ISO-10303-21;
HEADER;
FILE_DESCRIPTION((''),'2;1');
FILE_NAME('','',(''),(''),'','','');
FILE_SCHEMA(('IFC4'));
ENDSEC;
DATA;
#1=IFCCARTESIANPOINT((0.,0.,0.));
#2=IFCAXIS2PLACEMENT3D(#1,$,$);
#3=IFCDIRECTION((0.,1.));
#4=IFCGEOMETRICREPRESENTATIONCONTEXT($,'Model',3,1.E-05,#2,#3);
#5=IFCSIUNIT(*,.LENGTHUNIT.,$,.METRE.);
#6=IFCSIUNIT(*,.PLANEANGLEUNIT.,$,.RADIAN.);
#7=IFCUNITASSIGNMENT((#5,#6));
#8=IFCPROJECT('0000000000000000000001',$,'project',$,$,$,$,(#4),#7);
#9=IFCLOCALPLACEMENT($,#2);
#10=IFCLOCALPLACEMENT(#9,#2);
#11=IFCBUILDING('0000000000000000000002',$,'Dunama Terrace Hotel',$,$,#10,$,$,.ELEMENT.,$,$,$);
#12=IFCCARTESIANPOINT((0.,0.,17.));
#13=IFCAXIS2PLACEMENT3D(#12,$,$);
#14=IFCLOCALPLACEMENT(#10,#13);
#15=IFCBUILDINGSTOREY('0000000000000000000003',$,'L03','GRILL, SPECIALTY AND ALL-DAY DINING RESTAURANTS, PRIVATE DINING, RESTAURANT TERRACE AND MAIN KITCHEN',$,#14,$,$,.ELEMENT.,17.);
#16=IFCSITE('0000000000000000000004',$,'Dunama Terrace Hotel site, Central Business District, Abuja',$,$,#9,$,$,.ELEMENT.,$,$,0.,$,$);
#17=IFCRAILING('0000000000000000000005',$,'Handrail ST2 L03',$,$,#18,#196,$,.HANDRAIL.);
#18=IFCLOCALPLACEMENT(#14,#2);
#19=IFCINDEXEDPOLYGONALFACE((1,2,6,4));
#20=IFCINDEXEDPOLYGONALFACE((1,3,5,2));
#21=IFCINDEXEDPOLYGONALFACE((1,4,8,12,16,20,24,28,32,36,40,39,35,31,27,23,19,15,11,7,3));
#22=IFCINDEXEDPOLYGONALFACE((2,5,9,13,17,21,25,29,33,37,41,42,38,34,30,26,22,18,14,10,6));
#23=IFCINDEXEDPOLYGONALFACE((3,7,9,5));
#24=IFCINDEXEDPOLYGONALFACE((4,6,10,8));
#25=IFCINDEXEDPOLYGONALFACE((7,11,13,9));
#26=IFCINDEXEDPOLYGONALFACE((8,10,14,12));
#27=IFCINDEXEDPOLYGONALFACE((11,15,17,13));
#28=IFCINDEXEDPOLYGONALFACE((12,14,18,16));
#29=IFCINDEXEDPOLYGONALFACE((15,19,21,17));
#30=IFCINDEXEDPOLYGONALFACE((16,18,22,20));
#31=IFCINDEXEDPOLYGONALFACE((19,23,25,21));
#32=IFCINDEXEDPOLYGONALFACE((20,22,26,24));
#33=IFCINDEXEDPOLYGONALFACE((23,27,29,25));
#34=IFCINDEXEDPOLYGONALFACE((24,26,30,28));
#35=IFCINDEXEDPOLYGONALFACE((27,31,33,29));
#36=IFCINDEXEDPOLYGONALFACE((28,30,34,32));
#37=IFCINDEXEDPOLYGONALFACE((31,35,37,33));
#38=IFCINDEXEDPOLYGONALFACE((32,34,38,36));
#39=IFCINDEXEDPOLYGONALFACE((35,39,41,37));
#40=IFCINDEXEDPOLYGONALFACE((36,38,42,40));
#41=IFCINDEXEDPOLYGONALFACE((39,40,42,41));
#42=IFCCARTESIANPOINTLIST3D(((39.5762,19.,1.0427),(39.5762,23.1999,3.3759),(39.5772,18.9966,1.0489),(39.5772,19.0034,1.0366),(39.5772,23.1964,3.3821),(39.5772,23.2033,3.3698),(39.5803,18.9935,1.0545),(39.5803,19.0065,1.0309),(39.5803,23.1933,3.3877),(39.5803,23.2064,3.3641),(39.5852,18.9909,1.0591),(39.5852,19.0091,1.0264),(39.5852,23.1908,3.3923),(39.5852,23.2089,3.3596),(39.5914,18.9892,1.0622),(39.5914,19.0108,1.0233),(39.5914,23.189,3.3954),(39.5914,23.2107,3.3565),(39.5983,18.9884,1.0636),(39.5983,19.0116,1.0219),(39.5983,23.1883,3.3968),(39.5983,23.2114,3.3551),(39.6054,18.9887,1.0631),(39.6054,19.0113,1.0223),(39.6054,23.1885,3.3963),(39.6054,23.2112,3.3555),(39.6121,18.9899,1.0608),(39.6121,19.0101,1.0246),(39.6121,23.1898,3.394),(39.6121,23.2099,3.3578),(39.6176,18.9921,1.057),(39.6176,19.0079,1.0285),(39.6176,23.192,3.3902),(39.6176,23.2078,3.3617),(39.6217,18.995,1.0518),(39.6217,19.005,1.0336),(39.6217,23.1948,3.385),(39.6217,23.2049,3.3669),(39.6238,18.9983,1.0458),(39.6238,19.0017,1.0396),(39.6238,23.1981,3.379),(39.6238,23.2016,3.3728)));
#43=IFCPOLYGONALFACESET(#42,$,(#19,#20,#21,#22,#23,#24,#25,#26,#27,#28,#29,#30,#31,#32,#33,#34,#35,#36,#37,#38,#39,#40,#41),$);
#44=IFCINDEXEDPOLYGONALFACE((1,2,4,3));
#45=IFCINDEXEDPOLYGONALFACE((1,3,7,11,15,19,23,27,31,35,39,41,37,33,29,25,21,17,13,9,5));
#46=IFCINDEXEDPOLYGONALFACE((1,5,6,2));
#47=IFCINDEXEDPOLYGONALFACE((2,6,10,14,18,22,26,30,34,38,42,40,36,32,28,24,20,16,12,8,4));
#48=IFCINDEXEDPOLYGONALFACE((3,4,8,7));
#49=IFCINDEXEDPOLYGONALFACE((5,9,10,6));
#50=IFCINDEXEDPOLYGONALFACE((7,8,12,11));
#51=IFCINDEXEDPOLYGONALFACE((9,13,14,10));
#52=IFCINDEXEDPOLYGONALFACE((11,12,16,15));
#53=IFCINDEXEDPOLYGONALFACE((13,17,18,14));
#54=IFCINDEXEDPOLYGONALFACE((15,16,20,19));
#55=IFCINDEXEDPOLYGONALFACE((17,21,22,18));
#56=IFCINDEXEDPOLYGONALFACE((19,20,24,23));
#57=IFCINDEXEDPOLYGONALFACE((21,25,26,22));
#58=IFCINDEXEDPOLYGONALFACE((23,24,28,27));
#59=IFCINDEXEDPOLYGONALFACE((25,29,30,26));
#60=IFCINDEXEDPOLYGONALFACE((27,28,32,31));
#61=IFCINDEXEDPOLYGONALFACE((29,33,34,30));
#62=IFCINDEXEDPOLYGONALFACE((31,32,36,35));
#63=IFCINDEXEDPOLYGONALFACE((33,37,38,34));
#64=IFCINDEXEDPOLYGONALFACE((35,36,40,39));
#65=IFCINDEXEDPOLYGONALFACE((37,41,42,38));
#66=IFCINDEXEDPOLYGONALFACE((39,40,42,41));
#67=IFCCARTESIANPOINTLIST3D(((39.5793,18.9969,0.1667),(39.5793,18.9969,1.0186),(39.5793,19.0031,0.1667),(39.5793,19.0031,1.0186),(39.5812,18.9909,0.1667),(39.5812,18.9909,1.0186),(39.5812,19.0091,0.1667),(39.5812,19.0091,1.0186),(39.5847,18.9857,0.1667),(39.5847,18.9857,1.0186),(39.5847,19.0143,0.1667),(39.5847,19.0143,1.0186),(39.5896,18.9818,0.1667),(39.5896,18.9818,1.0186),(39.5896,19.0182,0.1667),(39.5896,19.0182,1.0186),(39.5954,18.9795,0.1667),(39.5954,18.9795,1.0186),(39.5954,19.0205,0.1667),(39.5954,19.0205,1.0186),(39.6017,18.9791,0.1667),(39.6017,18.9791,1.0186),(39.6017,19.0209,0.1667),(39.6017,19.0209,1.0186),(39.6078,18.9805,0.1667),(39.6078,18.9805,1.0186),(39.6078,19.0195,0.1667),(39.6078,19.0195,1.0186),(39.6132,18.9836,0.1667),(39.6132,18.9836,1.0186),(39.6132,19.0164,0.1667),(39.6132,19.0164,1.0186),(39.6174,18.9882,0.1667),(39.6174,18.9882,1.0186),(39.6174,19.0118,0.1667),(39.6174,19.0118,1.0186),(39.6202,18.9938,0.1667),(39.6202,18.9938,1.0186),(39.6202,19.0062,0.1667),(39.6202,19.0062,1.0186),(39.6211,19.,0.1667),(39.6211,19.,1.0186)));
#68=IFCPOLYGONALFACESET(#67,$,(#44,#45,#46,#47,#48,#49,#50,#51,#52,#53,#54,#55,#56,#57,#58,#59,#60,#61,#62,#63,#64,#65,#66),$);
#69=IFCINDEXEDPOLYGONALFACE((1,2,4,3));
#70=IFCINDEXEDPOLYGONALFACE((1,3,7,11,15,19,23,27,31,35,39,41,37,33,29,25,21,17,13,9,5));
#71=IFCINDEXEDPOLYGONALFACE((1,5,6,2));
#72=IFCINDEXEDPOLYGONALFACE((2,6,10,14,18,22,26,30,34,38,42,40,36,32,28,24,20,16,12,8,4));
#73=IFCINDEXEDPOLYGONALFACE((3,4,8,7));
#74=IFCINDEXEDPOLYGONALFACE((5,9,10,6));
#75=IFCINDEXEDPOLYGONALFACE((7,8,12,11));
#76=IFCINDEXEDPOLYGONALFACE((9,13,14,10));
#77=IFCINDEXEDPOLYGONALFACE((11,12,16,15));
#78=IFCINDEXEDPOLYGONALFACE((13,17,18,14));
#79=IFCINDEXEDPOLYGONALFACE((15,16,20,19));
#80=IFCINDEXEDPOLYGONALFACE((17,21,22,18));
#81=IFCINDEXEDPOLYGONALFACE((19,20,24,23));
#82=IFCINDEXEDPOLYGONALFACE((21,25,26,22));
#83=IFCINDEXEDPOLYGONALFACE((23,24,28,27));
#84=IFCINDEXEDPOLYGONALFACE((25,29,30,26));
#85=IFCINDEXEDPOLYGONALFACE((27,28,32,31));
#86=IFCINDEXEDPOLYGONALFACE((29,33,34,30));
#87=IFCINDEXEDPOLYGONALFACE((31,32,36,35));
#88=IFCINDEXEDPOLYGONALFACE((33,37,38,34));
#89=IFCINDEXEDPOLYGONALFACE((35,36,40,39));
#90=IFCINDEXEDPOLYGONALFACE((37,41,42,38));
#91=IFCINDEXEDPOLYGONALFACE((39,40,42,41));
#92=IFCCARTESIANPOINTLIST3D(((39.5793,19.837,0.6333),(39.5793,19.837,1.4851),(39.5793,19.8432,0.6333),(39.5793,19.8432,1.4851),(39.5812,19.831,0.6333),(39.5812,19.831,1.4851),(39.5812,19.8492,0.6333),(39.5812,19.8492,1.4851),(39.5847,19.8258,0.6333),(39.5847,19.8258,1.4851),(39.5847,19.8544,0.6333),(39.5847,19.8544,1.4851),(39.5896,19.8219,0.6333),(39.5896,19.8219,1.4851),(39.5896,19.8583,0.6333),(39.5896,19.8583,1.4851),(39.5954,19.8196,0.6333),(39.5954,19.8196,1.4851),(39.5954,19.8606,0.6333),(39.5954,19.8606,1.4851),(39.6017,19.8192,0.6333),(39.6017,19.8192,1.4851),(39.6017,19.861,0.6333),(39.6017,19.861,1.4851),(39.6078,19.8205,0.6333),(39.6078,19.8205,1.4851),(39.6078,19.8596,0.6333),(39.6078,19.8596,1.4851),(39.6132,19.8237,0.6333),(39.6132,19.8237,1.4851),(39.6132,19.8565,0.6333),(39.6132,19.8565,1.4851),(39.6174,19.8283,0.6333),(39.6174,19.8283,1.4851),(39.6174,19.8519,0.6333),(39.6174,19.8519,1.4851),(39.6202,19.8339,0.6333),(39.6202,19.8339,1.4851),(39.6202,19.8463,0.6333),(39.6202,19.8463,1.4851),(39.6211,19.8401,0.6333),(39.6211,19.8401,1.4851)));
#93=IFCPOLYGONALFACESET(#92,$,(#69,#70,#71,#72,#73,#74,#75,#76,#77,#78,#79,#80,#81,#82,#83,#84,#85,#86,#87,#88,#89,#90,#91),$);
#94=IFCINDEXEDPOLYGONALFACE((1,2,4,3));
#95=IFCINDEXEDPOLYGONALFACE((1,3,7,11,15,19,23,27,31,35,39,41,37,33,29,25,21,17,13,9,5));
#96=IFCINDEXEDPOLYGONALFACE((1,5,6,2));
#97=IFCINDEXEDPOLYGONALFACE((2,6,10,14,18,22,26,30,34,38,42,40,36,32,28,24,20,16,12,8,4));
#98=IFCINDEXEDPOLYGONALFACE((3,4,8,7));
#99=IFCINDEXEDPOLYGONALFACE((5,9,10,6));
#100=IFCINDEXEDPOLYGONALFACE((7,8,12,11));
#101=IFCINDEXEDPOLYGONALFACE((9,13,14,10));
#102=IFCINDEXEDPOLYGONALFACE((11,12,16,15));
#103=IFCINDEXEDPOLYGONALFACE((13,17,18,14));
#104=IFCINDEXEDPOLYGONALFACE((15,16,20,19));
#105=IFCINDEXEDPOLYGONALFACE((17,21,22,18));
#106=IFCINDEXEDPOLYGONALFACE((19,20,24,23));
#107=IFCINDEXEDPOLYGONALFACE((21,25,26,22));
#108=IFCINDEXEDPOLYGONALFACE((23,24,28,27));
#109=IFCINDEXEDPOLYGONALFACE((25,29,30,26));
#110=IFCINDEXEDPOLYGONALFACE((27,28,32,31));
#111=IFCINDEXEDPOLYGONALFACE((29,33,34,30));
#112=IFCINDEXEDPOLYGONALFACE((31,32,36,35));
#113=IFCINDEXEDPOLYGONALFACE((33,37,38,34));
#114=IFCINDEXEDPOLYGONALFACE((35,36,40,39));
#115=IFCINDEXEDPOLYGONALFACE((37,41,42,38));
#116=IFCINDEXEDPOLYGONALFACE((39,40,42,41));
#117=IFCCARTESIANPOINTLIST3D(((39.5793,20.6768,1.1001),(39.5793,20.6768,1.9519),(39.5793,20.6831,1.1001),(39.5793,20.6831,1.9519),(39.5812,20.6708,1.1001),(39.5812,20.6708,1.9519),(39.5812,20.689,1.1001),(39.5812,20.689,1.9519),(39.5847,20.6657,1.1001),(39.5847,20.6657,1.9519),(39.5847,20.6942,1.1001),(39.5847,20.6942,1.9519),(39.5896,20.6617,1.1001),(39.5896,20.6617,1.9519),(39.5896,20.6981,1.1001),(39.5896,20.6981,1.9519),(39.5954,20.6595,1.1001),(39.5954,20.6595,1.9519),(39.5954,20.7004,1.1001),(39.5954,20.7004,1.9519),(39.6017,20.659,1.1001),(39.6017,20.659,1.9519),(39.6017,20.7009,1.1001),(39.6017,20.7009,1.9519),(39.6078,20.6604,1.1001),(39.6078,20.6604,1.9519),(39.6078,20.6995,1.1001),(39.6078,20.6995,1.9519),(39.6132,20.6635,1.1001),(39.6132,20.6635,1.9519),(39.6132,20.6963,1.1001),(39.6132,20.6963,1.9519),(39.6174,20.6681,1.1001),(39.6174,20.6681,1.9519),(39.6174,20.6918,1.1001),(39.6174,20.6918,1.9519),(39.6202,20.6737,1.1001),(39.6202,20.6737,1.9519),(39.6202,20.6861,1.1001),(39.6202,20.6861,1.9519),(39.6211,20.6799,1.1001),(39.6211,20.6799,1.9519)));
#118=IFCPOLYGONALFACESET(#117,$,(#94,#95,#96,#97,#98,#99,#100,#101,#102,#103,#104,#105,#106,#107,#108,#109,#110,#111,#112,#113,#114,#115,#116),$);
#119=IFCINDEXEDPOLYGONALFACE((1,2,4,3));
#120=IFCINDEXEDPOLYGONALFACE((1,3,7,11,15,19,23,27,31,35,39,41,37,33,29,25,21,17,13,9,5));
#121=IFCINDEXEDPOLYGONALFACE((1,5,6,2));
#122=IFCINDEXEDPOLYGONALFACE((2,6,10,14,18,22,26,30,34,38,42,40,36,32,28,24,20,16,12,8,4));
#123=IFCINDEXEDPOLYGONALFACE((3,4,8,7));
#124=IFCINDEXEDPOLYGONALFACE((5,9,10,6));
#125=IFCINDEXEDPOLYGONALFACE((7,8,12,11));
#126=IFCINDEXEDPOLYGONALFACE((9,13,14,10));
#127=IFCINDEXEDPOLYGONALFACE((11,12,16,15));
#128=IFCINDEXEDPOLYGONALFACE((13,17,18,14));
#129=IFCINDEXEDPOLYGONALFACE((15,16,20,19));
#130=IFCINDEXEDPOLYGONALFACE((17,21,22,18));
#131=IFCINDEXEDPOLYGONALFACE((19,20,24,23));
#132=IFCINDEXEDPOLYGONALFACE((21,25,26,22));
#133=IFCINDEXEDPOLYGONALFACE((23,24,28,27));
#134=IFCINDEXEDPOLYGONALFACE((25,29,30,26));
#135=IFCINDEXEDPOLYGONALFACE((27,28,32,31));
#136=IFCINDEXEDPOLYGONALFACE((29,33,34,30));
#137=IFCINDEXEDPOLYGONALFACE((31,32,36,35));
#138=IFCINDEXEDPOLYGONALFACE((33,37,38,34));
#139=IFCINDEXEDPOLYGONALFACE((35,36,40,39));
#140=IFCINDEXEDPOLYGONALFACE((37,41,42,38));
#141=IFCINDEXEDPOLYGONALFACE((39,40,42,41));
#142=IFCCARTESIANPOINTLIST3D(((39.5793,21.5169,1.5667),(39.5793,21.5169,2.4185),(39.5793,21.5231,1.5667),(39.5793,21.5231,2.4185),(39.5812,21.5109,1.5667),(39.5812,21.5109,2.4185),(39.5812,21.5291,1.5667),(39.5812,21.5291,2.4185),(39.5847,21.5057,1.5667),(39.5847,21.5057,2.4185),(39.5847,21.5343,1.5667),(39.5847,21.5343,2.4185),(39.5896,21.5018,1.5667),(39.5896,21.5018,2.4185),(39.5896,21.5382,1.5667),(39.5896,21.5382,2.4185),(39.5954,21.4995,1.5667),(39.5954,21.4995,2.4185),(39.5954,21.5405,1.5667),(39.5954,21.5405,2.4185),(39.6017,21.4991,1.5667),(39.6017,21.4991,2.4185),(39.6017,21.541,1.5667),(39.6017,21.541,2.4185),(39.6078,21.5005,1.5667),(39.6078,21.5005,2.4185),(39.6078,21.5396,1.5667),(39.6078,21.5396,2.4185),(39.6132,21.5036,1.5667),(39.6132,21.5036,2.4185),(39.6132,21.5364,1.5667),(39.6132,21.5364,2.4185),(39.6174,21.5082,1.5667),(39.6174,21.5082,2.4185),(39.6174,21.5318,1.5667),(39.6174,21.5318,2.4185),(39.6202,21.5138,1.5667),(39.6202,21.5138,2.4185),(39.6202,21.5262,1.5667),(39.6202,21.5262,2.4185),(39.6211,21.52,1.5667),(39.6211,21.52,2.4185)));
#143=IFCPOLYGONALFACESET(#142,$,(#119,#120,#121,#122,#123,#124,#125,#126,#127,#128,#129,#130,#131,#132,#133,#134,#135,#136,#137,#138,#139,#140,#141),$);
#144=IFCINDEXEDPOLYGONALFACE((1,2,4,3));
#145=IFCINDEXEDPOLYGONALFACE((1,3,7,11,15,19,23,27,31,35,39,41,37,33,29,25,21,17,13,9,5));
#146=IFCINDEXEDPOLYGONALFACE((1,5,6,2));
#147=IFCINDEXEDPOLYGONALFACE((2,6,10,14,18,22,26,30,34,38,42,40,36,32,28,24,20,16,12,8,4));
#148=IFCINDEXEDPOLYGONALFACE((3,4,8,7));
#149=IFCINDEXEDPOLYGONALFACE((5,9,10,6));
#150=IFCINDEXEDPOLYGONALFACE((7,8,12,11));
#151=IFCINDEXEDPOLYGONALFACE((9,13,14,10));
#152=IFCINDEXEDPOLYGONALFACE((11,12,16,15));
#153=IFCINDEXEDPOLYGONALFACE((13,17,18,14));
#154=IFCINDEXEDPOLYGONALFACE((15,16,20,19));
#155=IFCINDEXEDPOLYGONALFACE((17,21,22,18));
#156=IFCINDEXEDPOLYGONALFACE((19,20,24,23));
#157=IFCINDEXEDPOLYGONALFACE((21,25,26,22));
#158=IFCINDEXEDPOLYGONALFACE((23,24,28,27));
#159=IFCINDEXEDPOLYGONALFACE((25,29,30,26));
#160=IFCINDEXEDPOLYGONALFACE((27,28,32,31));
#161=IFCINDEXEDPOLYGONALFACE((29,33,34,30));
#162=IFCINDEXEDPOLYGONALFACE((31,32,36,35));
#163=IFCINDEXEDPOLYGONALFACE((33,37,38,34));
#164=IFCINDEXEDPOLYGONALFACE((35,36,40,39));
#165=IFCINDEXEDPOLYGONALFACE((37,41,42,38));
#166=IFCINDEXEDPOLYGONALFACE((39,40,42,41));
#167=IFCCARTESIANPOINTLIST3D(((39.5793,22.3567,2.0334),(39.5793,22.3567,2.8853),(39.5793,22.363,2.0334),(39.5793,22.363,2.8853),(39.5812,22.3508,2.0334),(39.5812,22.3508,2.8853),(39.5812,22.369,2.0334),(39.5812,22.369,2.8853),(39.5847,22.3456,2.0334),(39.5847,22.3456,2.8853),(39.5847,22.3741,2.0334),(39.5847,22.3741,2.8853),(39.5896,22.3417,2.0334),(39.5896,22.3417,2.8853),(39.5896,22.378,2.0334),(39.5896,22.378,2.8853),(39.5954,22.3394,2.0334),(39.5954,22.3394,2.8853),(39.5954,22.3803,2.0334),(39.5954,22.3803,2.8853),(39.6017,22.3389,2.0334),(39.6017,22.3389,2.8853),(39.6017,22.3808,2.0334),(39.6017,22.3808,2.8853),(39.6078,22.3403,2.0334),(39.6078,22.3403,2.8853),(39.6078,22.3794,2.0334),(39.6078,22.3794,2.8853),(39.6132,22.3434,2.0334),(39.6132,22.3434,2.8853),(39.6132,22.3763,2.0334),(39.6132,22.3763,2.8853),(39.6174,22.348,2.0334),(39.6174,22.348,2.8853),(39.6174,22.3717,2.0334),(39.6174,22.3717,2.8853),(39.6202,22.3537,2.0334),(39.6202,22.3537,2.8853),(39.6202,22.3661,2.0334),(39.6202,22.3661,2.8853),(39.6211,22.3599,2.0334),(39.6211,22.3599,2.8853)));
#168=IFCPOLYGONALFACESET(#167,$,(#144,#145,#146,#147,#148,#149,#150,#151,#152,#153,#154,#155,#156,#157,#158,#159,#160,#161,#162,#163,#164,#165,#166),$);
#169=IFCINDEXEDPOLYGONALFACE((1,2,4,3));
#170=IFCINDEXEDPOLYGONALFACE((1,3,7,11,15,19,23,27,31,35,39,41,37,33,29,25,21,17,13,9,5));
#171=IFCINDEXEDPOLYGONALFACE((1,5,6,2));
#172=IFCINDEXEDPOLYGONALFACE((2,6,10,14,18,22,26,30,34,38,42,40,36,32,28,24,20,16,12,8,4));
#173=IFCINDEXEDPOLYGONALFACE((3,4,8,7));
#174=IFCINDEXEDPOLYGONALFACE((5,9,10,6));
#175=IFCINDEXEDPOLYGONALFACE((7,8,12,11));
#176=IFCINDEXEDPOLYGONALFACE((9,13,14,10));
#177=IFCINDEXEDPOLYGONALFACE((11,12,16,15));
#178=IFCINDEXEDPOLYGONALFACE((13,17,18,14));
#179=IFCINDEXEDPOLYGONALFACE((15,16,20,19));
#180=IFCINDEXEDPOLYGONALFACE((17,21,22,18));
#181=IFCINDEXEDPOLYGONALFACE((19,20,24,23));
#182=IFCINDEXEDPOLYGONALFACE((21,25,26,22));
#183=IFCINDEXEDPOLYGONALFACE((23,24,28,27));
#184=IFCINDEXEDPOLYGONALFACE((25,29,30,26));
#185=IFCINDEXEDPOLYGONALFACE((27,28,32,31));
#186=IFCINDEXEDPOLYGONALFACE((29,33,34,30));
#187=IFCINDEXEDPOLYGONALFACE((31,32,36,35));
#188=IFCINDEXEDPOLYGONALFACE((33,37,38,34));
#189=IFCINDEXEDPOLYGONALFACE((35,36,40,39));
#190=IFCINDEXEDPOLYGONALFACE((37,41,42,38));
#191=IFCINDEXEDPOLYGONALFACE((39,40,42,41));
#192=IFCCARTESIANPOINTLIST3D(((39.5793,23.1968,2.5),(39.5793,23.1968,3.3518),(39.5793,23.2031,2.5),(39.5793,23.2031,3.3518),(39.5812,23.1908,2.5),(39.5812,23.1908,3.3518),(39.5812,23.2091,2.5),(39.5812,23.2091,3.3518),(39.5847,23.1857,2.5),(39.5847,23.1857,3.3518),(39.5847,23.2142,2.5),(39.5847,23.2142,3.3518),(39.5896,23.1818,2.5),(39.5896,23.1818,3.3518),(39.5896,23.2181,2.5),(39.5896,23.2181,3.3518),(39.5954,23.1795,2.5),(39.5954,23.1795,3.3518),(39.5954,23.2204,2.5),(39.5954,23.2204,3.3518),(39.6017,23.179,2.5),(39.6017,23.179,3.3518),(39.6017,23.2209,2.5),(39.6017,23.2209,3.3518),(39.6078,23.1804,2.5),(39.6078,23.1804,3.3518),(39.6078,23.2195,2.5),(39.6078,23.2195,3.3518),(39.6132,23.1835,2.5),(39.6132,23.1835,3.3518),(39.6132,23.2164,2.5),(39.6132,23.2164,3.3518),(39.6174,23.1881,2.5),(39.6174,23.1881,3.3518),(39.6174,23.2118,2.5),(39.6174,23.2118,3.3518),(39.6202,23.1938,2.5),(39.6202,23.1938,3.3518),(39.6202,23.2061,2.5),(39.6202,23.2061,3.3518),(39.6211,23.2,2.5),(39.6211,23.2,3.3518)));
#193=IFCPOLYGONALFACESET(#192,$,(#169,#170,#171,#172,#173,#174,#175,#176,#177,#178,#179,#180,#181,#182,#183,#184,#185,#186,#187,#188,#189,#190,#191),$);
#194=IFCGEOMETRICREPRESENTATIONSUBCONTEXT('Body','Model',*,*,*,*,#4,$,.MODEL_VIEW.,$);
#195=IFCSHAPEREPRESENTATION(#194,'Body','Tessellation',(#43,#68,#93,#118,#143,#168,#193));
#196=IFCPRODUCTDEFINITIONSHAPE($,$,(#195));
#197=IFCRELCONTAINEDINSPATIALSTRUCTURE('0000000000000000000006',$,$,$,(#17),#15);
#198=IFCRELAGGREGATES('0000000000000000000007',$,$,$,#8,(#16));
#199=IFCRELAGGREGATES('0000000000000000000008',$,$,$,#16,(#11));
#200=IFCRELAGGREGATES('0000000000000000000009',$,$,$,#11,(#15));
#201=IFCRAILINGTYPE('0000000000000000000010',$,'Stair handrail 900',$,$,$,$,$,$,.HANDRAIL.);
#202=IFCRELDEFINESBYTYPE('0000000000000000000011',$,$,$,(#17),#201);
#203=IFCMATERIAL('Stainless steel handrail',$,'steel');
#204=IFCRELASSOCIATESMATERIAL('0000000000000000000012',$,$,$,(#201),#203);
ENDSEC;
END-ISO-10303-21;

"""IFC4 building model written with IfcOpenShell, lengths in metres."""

from ifc_helpers import new_model, si_unit, direction, frame, origin, origin_2d, place, context, subcontext, project, spatial, circle, extrude, material, type_object, element, save


model = new_model("IFC4")

# Units and contexts
model_context = context("Model", 3, precision=1e-05, world=origin(), true_north=direction((0.0, 1.0)))
body_context = subcontext(model_context, "Body", "Model", "MODEL_VIEW")
ifc_project = project(units=[si_unit("LENGTHUNIT", "METRE"), si_unit("PLANEANGLEUNIT", "RADIAN")], contexts=[model_context])

# Site, building, storey
site_placement = place(None, origin())
site = spatial("IfcSite", under=ifc_project, at=site_placement, Name="Dunama Terrace Hotel site, Central Business District, Abuja", CompositionType="ELEMENT", RefElevation=0.0)
building_placement = place(site_placement, origin())
building = spatial("IfcBuilding", under=site, at=building_placement, Name="Dunama Terrace Hotel", CompositionType="ELEMENT")
storey_placement = place(building_placement, frame((0.0, 0.0, 17.0)))
storey = spatial("IfcBuildingStorey", under=building, at=storey_placement, Name="L03", Description="GRILL, SPECIALTY AND ALL-DAY DINING RESTAURANTS, PRIVATE DINING, RESTAURANT TERRACE AND MAIN KITCHEN", CompositionType="ELEMENT", Elevation=17.0)

# Railing
ifc_material_1 = material(Name="Stainless steel handrail", Category="steel")
railing_type = type_object("IfcRailingType", Name="Stair handrail 900", PredefinedType="HANDRAIL", material=ifc_material_1)
railing_1_placement = place(storey_placement, frame((39.6001, 19.0, 0.1667)))
element("IfcRailing", 1, at=railing_1_placement, inside=storey, type_object=railing_type, Name="Handrail ST2 L03", PredefinedType="HANDRAIL", context=body_context, shape_type="SweptSolid", body=[
    extrude(circle(Radius=0.0239, at=origin_2d()), frame((0.0, 0.0, 0.876), z_axis=(0.0, 0.874162, 0.485634), x_axis=(-1.0, 0.0, 0.0)), (0.0, 0.0, 1.0), 4.8044),
    extrude(circle(Radius=0.021, at=origin_2d()), origin(), (0.0, 0.0, 1.0), 0.8518),
    extrude(circle(Radius=0.021, at=origin_2d()), frame((0.0, 0.8401, 0.4666)), (0.0, 0.0, 1.0), 0.8518),
    extrude(circle(Radius=0.021, at=origin_2d()), frame((0.0, 1.6799, 0.9333)), (0.0, 0.0, 1.0), 0.8518),
    extrude(circle(Radius=0.021, at=origin_2d()), frame((0.0, 2.52, 1.3999)), (0.0, 0.0, 1.0), 0.8518),
    extrude(circle(Radius=0.021, at=origin_2d()), frame((0.0, 3.3599, 1.8667)), (0.0, 0.0, 1.0), 0.8518),
    extrude(circle(Radius=0.021, at=origin_2d()), frame((0.0, 4.2, 2.3333)), (0.0, 0.0, 1.0), 0.8518),
])

save(model, "model.ifc")
